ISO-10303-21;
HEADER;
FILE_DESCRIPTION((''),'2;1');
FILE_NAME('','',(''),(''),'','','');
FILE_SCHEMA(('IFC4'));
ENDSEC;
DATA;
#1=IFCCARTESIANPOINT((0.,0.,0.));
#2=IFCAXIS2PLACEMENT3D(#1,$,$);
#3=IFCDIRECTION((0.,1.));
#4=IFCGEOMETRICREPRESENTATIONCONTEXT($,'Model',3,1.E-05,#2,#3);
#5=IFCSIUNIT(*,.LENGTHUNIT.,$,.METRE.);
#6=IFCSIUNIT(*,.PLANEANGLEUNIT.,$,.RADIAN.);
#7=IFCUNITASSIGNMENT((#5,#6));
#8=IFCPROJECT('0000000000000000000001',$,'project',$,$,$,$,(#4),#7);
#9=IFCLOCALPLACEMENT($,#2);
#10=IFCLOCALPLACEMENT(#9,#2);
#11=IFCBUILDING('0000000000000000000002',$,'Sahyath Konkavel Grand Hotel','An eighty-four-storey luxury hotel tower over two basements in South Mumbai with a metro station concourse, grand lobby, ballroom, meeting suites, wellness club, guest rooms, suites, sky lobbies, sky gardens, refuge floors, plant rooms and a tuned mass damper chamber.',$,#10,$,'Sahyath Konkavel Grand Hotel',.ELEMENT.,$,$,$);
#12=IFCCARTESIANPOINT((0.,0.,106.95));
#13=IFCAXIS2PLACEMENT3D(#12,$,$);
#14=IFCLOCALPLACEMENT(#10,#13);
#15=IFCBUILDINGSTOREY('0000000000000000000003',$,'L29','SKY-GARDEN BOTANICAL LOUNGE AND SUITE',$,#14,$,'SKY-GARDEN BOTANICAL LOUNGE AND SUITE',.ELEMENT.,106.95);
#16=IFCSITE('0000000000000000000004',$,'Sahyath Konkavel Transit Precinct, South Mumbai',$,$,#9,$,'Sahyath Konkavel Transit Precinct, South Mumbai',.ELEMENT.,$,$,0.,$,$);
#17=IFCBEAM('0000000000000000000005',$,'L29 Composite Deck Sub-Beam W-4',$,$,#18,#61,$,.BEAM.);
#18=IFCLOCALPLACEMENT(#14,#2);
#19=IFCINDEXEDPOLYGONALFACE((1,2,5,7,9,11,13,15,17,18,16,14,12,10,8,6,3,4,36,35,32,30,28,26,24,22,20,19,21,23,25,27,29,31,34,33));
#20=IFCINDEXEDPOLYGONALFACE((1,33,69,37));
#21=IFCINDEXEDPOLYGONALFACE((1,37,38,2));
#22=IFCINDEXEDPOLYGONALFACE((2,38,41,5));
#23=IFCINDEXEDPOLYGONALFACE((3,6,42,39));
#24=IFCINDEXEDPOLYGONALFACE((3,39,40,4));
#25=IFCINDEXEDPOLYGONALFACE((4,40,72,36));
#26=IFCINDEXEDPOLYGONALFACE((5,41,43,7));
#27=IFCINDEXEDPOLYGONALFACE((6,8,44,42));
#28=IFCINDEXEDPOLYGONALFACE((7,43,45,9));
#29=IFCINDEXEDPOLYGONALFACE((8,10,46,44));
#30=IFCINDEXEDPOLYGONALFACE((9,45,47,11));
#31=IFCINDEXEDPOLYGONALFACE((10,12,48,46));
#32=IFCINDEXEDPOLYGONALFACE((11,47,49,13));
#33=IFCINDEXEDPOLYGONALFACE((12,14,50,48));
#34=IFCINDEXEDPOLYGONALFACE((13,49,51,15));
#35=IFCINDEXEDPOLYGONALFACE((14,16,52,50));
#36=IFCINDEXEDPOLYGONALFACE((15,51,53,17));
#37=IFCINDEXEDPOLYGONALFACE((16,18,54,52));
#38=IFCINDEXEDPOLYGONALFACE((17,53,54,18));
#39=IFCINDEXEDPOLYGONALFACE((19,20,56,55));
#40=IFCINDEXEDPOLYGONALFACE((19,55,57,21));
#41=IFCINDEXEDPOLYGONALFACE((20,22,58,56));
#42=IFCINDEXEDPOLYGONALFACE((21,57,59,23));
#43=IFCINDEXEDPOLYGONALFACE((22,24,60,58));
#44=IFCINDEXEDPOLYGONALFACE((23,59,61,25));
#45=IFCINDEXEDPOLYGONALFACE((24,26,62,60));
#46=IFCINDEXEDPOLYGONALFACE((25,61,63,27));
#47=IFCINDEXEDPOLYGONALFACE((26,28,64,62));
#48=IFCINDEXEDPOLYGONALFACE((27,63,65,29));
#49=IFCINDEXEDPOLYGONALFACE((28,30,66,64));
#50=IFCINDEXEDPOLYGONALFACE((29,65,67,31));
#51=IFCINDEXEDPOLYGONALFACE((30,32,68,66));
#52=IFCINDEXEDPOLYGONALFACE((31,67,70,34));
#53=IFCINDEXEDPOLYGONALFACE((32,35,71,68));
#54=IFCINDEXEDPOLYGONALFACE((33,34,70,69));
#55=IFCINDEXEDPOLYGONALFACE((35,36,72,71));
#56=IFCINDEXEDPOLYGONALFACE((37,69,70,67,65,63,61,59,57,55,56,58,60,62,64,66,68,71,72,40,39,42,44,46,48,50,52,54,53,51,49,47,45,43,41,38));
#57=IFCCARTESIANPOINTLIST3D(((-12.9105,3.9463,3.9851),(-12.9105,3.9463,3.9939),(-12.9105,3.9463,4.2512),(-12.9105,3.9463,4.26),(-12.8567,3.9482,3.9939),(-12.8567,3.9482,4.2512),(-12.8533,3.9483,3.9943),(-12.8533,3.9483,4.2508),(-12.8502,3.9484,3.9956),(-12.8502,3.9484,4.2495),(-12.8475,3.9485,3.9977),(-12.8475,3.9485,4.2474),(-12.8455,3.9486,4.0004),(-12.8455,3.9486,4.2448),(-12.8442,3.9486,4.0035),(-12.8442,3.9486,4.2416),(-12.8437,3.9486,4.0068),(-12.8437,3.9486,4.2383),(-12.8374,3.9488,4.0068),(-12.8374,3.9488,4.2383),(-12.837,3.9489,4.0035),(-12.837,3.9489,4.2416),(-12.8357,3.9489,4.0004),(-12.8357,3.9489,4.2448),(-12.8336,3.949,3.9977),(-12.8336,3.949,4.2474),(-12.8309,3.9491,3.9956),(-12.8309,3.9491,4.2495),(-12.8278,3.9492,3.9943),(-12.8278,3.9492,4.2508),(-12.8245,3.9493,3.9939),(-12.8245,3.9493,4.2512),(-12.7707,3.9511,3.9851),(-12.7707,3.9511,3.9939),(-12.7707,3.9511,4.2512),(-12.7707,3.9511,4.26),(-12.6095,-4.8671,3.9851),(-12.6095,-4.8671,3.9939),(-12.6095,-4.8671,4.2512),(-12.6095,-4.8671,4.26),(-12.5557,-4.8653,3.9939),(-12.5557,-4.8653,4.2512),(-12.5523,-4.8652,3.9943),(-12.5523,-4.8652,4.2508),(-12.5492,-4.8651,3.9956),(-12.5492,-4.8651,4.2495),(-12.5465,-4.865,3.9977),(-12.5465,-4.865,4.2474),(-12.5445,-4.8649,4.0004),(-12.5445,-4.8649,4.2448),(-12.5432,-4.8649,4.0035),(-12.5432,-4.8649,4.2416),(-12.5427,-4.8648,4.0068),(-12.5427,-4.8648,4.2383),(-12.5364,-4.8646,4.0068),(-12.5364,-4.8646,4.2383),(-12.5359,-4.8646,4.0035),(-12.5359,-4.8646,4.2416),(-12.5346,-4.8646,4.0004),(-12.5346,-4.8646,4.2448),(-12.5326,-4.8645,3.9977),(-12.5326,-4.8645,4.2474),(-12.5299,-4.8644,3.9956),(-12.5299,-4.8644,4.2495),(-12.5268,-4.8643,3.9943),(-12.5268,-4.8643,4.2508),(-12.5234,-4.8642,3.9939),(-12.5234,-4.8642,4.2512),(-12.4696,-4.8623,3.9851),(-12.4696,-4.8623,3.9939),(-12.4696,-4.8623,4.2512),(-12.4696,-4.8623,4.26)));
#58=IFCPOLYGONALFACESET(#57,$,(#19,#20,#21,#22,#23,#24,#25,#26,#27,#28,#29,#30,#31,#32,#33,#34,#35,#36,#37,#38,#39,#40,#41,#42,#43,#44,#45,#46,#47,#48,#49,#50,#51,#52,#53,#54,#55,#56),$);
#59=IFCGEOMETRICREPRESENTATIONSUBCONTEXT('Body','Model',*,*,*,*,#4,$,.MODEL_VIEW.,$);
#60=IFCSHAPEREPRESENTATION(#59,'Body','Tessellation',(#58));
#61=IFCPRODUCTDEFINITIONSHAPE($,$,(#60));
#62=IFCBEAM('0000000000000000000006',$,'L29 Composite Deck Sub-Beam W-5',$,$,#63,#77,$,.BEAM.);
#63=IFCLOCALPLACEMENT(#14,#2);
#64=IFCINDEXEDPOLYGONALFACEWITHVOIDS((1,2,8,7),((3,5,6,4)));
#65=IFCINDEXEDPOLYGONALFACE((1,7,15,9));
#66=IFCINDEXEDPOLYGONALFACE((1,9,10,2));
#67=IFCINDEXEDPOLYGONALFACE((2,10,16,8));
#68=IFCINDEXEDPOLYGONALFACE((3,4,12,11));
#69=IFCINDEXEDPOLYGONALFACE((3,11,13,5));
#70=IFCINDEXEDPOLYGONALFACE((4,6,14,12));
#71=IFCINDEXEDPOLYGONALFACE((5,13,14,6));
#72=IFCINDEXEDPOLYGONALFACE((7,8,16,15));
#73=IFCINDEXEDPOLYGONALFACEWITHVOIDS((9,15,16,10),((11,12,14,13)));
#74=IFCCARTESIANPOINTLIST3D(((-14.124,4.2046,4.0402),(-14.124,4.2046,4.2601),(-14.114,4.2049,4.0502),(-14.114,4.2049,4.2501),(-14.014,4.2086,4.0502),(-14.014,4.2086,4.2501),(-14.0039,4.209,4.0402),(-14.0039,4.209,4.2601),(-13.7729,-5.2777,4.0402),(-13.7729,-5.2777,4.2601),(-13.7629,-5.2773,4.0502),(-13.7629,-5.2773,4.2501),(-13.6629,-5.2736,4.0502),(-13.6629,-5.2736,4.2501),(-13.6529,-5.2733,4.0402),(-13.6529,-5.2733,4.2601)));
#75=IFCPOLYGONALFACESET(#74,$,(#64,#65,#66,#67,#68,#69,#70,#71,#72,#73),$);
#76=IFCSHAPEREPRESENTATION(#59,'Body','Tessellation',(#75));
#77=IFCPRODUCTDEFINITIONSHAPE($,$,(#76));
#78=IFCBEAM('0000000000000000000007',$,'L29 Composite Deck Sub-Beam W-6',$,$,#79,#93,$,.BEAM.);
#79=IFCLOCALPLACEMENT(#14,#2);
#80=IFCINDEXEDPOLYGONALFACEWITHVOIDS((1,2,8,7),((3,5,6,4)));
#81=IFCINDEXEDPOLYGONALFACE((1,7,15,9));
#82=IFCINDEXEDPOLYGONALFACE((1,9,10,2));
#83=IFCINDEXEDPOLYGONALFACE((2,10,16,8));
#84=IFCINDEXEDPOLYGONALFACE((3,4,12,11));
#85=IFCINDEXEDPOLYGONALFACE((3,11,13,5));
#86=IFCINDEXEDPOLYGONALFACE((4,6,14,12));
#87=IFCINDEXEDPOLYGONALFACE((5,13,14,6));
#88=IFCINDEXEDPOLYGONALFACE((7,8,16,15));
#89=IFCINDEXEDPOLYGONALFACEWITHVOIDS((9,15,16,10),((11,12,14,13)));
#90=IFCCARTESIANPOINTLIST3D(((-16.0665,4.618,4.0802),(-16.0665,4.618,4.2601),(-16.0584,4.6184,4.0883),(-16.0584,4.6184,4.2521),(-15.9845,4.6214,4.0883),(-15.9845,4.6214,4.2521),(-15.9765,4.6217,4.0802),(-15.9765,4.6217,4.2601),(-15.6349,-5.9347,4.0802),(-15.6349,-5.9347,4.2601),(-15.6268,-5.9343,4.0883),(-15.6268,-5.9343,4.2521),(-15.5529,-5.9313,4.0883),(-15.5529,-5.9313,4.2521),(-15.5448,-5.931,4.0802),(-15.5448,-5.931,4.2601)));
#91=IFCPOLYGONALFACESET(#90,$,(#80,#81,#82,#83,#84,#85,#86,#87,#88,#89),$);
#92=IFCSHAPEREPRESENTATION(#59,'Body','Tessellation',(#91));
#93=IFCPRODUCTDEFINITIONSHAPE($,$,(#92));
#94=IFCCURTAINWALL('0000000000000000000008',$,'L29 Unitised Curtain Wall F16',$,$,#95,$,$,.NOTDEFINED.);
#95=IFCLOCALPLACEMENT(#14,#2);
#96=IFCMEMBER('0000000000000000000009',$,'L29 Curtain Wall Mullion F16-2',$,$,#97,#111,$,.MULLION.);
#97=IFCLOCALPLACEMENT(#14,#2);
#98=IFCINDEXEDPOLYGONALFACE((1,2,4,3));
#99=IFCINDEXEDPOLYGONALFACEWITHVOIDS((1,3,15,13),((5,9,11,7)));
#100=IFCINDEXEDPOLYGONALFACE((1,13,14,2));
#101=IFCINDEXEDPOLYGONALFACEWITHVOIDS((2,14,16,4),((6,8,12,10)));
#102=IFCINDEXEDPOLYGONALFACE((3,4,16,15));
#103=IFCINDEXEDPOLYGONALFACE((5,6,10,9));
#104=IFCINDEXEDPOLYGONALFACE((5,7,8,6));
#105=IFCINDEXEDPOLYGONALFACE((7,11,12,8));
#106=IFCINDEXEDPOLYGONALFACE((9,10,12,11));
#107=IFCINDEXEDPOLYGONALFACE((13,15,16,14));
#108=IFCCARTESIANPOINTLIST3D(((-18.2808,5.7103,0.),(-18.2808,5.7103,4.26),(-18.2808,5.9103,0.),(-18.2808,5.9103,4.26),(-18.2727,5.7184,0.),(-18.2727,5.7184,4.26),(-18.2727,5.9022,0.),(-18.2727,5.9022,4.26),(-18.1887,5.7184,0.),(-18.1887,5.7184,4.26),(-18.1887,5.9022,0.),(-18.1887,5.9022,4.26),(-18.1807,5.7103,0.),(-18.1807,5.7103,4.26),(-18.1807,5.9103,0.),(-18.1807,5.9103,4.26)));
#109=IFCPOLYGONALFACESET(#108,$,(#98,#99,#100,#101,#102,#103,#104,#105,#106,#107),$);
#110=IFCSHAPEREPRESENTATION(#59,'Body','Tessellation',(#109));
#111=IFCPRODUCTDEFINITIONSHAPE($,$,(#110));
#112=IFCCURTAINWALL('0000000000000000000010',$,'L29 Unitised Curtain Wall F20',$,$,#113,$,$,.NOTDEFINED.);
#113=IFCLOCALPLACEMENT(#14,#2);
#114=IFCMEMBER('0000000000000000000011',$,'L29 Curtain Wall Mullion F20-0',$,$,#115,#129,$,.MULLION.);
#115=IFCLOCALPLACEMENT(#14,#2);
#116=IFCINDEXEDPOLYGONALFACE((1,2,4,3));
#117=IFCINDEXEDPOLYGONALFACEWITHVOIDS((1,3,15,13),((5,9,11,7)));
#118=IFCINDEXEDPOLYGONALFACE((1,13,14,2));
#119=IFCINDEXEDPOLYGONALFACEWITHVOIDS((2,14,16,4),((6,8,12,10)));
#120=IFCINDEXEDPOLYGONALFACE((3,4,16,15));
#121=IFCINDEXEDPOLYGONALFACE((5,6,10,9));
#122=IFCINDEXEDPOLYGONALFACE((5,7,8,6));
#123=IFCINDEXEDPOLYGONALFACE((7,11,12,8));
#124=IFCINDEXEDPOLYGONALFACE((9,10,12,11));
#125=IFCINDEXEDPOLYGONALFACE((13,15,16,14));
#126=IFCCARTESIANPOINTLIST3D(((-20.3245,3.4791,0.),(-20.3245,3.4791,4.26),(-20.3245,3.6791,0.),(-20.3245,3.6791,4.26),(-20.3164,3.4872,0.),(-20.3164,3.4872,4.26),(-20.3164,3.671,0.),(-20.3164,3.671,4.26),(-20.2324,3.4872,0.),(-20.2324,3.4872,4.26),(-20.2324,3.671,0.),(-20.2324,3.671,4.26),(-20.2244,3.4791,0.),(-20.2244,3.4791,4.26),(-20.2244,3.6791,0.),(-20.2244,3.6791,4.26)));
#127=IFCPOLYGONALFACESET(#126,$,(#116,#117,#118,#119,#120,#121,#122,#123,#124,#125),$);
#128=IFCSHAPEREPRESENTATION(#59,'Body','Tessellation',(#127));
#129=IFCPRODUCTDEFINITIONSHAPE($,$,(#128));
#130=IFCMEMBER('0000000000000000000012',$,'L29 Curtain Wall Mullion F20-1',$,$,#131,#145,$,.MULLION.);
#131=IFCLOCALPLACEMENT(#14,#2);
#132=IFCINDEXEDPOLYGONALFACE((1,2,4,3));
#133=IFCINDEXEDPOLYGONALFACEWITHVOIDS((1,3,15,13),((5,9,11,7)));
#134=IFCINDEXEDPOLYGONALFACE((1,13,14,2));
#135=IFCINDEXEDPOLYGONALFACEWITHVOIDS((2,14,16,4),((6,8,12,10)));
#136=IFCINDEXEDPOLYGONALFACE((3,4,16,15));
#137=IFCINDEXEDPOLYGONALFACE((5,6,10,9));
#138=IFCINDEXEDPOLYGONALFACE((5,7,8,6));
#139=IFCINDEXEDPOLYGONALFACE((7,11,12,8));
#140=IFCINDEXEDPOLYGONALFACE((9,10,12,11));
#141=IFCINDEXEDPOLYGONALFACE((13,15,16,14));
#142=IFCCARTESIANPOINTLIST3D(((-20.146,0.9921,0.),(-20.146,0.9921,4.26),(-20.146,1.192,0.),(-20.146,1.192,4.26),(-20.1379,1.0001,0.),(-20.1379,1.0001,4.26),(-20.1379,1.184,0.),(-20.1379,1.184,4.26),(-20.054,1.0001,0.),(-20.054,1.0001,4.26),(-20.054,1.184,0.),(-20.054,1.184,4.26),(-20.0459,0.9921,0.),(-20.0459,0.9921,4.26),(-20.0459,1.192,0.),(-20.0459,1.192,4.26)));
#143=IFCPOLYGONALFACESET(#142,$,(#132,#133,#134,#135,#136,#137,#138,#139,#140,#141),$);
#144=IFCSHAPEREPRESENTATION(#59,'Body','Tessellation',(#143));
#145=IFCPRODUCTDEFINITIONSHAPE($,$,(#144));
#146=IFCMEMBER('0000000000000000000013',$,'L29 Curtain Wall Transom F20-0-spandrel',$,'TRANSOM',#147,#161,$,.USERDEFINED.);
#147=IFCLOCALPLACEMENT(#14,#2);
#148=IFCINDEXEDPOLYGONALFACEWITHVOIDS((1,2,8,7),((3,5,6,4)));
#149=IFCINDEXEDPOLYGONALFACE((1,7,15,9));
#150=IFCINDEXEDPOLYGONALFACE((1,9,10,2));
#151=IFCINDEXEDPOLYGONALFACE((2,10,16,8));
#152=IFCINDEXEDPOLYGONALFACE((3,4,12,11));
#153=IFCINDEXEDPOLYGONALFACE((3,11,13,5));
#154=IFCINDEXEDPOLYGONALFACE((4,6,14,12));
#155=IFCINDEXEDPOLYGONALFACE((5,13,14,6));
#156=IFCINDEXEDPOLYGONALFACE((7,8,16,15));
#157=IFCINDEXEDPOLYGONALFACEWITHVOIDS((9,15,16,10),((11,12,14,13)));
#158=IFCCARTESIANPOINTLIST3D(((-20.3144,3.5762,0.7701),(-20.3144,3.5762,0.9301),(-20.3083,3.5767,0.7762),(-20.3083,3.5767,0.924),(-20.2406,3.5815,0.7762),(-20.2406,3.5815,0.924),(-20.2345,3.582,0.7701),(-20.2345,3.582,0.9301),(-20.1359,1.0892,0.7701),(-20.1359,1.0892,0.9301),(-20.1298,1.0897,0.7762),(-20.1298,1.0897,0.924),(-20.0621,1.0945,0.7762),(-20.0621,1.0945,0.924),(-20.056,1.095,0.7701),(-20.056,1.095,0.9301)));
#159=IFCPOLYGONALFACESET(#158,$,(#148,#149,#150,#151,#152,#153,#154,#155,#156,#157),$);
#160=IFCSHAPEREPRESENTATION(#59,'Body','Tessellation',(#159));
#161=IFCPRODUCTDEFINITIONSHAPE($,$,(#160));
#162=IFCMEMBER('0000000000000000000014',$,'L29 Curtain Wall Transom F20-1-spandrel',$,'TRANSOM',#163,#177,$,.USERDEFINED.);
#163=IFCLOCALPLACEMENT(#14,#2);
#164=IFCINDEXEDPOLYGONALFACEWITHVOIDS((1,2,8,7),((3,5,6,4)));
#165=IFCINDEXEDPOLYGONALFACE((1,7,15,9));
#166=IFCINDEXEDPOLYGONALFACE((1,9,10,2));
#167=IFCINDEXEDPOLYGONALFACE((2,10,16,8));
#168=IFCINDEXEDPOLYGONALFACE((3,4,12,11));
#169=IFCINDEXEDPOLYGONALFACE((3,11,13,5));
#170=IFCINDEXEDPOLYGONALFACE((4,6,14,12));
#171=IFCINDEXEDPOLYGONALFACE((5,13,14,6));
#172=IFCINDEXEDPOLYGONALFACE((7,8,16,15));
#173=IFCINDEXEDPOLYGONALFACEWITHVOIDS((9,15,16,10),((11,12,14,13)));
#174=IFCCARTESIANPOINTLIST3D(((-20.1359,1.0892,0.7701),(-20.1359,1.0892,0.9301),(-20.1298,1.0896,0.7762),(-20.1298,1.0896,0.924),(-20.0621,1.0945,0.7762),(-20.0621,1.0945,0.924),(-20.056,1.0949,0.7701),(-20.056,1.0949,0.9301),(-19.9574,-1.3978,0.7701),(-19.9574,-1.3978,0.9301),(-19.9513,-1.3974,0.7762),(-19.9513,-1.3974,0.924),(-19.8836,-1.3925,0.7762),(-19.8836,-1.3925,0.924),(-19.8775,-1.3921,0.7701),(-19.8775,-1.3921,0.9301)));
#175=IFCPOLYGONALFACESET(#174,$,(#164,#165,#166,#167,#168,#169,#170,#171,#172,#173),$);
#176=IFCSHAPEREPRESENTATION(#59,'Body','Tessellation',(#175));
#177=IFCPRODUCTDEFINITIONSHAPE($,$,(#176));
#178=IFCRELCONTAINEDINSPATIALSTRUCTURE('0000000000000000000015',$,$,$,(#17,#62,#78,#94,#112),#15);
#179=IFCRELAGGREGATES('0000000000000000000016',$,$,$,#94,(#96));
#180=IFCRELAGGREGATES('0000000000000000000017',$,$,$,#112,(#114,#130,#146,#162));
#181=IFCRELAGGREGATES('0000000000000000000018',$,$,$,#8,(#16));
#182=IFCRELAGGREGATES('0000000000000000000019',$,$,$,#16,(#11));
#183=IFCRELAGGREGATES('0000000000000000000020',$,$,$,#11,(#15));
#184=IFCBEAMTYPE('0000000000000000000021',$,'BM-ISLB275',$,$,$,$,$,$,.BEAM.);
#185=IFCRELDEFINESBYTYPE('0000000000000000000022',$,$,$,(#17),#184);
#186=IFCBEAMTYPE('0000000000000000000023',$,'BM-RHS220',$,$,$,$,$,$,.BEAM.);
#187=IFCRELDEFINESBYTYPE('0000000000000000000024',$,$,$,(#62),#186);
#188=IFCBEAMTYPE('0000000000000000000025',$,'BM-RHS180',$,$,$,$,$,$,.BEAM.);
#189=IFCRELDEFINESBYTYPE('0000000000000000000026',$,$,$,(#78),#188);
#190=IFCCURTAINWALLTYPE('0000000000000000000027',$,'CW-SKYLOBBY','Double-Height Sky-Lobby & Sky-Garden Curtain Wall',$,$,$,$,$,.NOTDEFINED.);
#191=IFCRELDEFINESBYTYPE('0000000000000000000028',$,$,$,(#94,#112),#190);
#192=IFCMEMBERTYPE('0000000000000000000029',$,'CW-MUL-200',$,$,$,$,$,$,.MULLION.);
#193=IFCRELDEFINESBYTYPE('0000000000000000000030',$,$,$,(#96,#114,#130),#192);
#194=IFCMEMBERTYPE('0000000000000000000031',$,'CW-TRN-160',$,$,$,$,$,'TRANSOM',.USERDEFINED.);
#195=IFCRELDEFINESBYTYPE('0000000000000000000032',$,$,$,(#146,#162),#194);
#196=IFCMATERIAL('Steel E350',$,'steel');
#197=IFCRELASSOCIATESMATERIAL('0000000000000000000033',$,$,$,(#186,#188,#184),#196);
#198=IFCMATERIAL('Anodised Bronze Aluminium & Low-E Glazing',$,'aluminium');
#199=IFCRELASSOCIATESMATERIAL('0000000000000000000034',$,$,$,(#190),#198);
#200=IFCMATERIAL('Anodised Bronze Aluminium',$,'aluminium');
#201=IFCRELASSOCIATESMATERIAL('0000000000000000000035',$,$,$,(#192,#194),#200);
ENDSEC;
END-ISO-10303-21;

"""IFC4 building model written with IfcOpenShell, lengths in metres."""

from ifc_helpers import new_model, si_unit, direction, frame, origin, origin_2d, place, context, subcontext, project, spatial, hollow_rectangle, i_section, extrude, source, transform, mapped, material, material_profile, profile_set, type_object, element, aggregate, save


model = new_model("IFC4")

# Units and contexts
model_context = context("Model", 3, precision=1e-05, world=origin(), true_north=direction((0.0, 1.0)))
body_context = subcontext(model_context, "Body", "Model", "MODEL_VIEW")
ifc_project = project(units=[si_unit("LENGTHUNIT", "METRE"), si_unit("PLANEANGLEUNIT", "RADIAN")], contexts=[model_context])

# Site, building, storey
site_placement = place(None, origin())
site = spatial("IfcSite", under=ifc_project, at=site_placement, Name="Sahyath Konkavel Transit Precinct, South Mumbai", LongName="Sahyath Konkavel Transit Precinct, South Mumbai", CompositionType="ELEMENT", RefElevation=0.0)
building_placement = place(site_placement, origin())
building = spatial("IfcBuilding", under=site, at=building_placement, Name="Sahyath Konkavel Grand Hotel", Description="An eighty-four-storey luxury hotel tower over two basements in South Mumbai with a metro station concourse, grand lobby, ballroom, meeting suites, wellness club, guest rooms, suites, sky lobbies, sky gardens, refuge floors, plant rooms and a tuned mass damper chamber.", LongName="Sahyath Konkavel Grand Hotel", CompositionType="ELEMENT")
storey_placement = place(building_placement, frame((0.0, 0.0, 106.95)))
storey = spatial("IfcBuildingStorey", under=building, at=storey_placement, Name="L29", Description="SKY-GARDEN BOTANICAL LOUNGE AND SUITE", LongName="SKY-GARDEN BOTANICAL LOUNGE AND SUITE", CompositionType="ELEMENT", Elevation=106.95)

# Beams
ifc_material_1 = material(Name="Steel E350", Category="steel")
ifc_material_profile_1 = material_profile(ifc_material_1, hollow_rectangle(XDim=0.1201, YDim=0.22, WallThickness=0.01, at=origin_2d()), Name="RHS 220x120x10")
ifc_profile_set_1 = profile_set([ifc_material_profile_1], Name="Steel E350")
beam_type_1 = type_object("IfcBeamType", Name="BM-RHS220", PredefinedType="BEAM", material=ifc_profile_set_1)
ifc_material_profile_2 = material_profile(ifc_material_1, hollow_rectangle(XDim=0.0901, YDim=0.1799, WallThickness=0.0081, at=origin_2d()), Name="RHS 180x90x8")
ifc_profile_set_2 = profile_set([ifc_material_profile_2], Name="Steel E350")
beam_type_2 = type_object("IfcBeamType", Name="BM-RHS180", PredefinedType="BEAM", material=ifc_profile_set_2)
ifc_material_profile_3 = material_profile(ifc_material_1, i_section(OverallWidth=0.1399, OverallDepth=0.2749, WebThickness=0.0063, FlangeThickness=0.0088, FilletRadius=0.0129, at=origin_2d()), Name="ISLB 275")
ifc_profile_set_3 = profile_set([ifc_material_profile_3], Name="Steel E350")
beam_type_3 = type_object("IfcBeamType", Name="BM-ISLB275", PredefinedType="BEAM", material=ifc_profile_set_3)
shared_shape_1 = source(origin(), body_context, "Body", "SweptSolid", [
    extrude(i_section(OverallWidth=0.1399, OverallDepth=0.2749, WebThickness=0.0063, FlangeThickness=0.0088, FilletRadius=0.0129, at=origin_2d()), origin(), (0.0, 0.0, 1.0), 8.8186),
])
beam_1_placement = place(storey_placement, frame((-12.8406, 3.9487, 4.1226), z_axis=(0.034135, -0.999417, 0.0), x_axis=(0.999417, 0.034135, 0.0)))
element("IfcBeam", 1, at=beam_1_placement, inside=storey, type_object=beam_type_3, Name="L29 Composite Deck Sub-Beam W-4", PredefinedType="BEAM", context=body_context, shape_type="MappedRepresentation", body=[
    mapped(shared_shape_1, transform((0.0, 0.0, 0.0), scale=1.0)),
])
shared_shape_2 = source(origin(), body_context, "Body", "SweptSolid", [
    extrude(hollow_rectangle(XDim=0.1201, YDim=0.22, WallThickness=0.01, at=origin_2d()), origin(), (0.0, 0.0, 1.0), 9.4888),
])
beam_2_placement = place(storey_placement, frame((-14.064, 4.2068, 4.1501), z_axis=(0.036999, -0.999315, 0.0), x_axis=(0.999315, 0.036999, 0.0)))
element("IfcBeam", 2, at=beam_2_placement, inside=storey, type_object=beam_type_1, Name="L29 Composite Deck Sub-Beam W-5", PredefinedType="BEAM", context=body_context, shape_type="MappedRepresentation", body=[
    mapped(shared_shape_2, transform((0.0, 0.0, 0.0), scale=1.0)),
])
shared_shape_3 = source(origin(), body_context, "Body", "SweptSolid", [
    extrude(hollow_rectangle(XDim=0.0901, YDim=0.1799, WallThickness=0.0081, at=origin_2d()), origin(), (0.0, 0.0, 1.0), 10.5615),
])
beam_3_placement = place(storey_placement, frame((-16.0215, 4.6199, 4.1702), z_axis=(0.040869, -0.999165, 0.0), x_axis=(0.999165, 0.040869, 0.0)))
element("IfcBeam", 3, at=beam_3_placement, inside=storey, type_object=beam_type_2, Name="L29 Composite Deck Sub-Beam W-6", PredefinedType="BEAM", context=body_context, shape_type="MappedRepresentation", body=[
    mapped(shared_shape_3, transform((0.0, 0.0, 0.0), scale=1.0)),
])

# Curtain wall, member
ifc_material_2 = material(Name="Anodised Bronze Aluminium & Low-E Glazing", Category="aluminium")
curtain_wall_type = type_object("IfcCurtainWallType", Name="CW-SKYLOBBY", Description="Double-Height Sky-Lobby & Sky-Garden Curtain Wall", PredefinedType="NOTDEFINED", material=ifc_material_2)
curtain_wall_1_placement = place(storey_placement, origin())
curtain_wall_1 = element("IfcCurtainWall", 4, at=curtain_wall_1_placement, inside=storey, type_object=curtain_wall_type, Name="L29 Unitised Curtain Wall F16", PredefinedType="NOTDEFINED")
ifc_material_3 = material(Name="Anodised Bronze Aluminium", Category="aluminium")
ifc_material_profile_4 = material_profile(ifc_material_3, hollow_rectangle(XDim=0.1001, YDim=0.2, WallThickness=0.0081, at=origin_2d()), Name="RHS 200x100x8")
ifc_profile_set_4 = profile_set([ifc_material_profile_4], Name="Anodised Bronze Aluminium")
member_type_1 = type_object("IfcMemberType", Name="CW-MUL-200", PredefinedType="MULLION", material=ifc_profile_set_4)
shared_shape_4 = source(origin(), body_context, "Body", "SweptSolid", [
    extrude(hollow_rectangle(XDim=0.1001, YDim=0.2, WallThickness=0.0081, at=origin_2d()), origin(), (0.0, 0.0, 1.0), 4.26),
])
member_1_placement = place(storey_placement, frame((-18.2307, 5.8103, 0.0), z_axis=(0.0, 0.0, 1.0), x_axis=(1.0, 0.0, 0.0)))
member_1 = element("IfcMember", 5, at=member_1_placement, type_object=member_type_1, Name="L29 Curtain Wall Mullion F16-2", PredefinedType="MULLION", context=body_context, shape_type="MappedRepresentation", body=[
    mapped(shared_shape_4, transform((0.0, 0.0, 0.0), scale=1.0)),
])

# Curtain wall, members
curtain_wall_2_placement = place(storey_placement, origin())
curtain_wall_2 = element("IfcCurtainWall", 6, at=curtain_wall_2_placement, inside=storey, type_object=curtain_wall_type, Name="L29 Unitised Curtain Wall F20", PredefinedType="NOTDEFINED")
member_2_placement = place(storey_placement, frame((-20.2744, 3.5791, 0.0), z_axis=(0.0, 0.0, 1.0), x_axis=(1.0, 0.0, 0.0)))
member_2 = element("IfcMember", 7, at=member_2_placement, type_object=member_type_1, Name="L29 Curtain Wall Mullion F20-0", PredefinedType="MULLION", context=body_context, shape_type="MappedRepresentation", body=[
    mapped(shared_shape_4, transform((0.0, 0.0, 0.0), scale=1.0)),
])
member_3_placement = place(storey_placement, frame((-20.0959, 1.092, 0.0), z_axis=(0.0, 0.0, 1.0), x_axis=(1.0, 0.0, 0.0)))
member_3 = element("IfcMember", 8, at=member_3_placement, type_object=member_type_1, Name="L29 Curtain Wall Mullion F20-1", PredefinedType="MULLION", context=body_context, shape_type="MappedRepresentation", body=[
    mapped(shared_shape_4, transform((0.0, 0.0, 0.0), scale=1.0)),
])
ifc_material_profile_5 = material_profile(ifc_material_3, hollow_rectangle(XDim=0.0801, YDim=0.1599, WallThickness=0.0061, at=origin_2d()), Name="RHS 160x80x6")
ifc_profile_set_5 = profile_set([ifc_material_profile_5], Name="Anodised Bronze Aluminium")
member_type_2 = type_object("IfcMemberType", Name="CW-TRN-160", ElementType="TRANSOM", PredefinedType="USERDEFINED", material=ifc_profile_set_5)
shared_shape_5 = source(origin(), body_context, "Body", "SweptSolid", [
    extrude(hollow_rectangle(XDim=0.0801, YDim=0.1599, WallThickness=0.0061, at=origin_2d()), origin(), (0.0, 0.0, 1.0), 2.4934),
])
member_4_placement = place(storey_placement, frame((-20.2744, 3.5791, 0.8501), z_axis=(0.071574, -0.997435, 0.0), x_axis=(0.997435, 0.071574, 0.0)))
member_4 = element("IfcMember", 9, at=member_4_placement, type_object=member_type_2, Name="L29 Curtain Wall Transom F20-0-spandrel", ObjectType="TRANSOM", PredefinedType="USERDEFINED", context=body_context, shape_type="MappedRepresentation", body=[
    mapped(shared_shape_5, transform((0.0, 0.0, 0.0), scale=1.0)),
])
member_5_placement = place(storey_placement, frame((-20.0959, 1.092, 0.8501), z_axis=(0.071574, -0.997435, 0.0), x_axis=(0.997435, 0.071574, 0.0)))
member_5 = element("IfcMember", 10, at=member_5_placement, type_object=member_type_2, Name="L29 Curtain Wall Transom F20-1-spandrel", ObjectType="TRANSOM", PredefinedType="USERDEFINED", context=body_context, shape_type="MappedRepresentation", body=[
    mapped(shared_shape_5, transform((0.0, 0.0, 0.0), scale=1.0)),
])

aggregate(curtain_wall_1, [member_1])
aggregate(curtain_wall_2, [member_2, member_3, member_4, member_5])

save(model, "model.ifc")
